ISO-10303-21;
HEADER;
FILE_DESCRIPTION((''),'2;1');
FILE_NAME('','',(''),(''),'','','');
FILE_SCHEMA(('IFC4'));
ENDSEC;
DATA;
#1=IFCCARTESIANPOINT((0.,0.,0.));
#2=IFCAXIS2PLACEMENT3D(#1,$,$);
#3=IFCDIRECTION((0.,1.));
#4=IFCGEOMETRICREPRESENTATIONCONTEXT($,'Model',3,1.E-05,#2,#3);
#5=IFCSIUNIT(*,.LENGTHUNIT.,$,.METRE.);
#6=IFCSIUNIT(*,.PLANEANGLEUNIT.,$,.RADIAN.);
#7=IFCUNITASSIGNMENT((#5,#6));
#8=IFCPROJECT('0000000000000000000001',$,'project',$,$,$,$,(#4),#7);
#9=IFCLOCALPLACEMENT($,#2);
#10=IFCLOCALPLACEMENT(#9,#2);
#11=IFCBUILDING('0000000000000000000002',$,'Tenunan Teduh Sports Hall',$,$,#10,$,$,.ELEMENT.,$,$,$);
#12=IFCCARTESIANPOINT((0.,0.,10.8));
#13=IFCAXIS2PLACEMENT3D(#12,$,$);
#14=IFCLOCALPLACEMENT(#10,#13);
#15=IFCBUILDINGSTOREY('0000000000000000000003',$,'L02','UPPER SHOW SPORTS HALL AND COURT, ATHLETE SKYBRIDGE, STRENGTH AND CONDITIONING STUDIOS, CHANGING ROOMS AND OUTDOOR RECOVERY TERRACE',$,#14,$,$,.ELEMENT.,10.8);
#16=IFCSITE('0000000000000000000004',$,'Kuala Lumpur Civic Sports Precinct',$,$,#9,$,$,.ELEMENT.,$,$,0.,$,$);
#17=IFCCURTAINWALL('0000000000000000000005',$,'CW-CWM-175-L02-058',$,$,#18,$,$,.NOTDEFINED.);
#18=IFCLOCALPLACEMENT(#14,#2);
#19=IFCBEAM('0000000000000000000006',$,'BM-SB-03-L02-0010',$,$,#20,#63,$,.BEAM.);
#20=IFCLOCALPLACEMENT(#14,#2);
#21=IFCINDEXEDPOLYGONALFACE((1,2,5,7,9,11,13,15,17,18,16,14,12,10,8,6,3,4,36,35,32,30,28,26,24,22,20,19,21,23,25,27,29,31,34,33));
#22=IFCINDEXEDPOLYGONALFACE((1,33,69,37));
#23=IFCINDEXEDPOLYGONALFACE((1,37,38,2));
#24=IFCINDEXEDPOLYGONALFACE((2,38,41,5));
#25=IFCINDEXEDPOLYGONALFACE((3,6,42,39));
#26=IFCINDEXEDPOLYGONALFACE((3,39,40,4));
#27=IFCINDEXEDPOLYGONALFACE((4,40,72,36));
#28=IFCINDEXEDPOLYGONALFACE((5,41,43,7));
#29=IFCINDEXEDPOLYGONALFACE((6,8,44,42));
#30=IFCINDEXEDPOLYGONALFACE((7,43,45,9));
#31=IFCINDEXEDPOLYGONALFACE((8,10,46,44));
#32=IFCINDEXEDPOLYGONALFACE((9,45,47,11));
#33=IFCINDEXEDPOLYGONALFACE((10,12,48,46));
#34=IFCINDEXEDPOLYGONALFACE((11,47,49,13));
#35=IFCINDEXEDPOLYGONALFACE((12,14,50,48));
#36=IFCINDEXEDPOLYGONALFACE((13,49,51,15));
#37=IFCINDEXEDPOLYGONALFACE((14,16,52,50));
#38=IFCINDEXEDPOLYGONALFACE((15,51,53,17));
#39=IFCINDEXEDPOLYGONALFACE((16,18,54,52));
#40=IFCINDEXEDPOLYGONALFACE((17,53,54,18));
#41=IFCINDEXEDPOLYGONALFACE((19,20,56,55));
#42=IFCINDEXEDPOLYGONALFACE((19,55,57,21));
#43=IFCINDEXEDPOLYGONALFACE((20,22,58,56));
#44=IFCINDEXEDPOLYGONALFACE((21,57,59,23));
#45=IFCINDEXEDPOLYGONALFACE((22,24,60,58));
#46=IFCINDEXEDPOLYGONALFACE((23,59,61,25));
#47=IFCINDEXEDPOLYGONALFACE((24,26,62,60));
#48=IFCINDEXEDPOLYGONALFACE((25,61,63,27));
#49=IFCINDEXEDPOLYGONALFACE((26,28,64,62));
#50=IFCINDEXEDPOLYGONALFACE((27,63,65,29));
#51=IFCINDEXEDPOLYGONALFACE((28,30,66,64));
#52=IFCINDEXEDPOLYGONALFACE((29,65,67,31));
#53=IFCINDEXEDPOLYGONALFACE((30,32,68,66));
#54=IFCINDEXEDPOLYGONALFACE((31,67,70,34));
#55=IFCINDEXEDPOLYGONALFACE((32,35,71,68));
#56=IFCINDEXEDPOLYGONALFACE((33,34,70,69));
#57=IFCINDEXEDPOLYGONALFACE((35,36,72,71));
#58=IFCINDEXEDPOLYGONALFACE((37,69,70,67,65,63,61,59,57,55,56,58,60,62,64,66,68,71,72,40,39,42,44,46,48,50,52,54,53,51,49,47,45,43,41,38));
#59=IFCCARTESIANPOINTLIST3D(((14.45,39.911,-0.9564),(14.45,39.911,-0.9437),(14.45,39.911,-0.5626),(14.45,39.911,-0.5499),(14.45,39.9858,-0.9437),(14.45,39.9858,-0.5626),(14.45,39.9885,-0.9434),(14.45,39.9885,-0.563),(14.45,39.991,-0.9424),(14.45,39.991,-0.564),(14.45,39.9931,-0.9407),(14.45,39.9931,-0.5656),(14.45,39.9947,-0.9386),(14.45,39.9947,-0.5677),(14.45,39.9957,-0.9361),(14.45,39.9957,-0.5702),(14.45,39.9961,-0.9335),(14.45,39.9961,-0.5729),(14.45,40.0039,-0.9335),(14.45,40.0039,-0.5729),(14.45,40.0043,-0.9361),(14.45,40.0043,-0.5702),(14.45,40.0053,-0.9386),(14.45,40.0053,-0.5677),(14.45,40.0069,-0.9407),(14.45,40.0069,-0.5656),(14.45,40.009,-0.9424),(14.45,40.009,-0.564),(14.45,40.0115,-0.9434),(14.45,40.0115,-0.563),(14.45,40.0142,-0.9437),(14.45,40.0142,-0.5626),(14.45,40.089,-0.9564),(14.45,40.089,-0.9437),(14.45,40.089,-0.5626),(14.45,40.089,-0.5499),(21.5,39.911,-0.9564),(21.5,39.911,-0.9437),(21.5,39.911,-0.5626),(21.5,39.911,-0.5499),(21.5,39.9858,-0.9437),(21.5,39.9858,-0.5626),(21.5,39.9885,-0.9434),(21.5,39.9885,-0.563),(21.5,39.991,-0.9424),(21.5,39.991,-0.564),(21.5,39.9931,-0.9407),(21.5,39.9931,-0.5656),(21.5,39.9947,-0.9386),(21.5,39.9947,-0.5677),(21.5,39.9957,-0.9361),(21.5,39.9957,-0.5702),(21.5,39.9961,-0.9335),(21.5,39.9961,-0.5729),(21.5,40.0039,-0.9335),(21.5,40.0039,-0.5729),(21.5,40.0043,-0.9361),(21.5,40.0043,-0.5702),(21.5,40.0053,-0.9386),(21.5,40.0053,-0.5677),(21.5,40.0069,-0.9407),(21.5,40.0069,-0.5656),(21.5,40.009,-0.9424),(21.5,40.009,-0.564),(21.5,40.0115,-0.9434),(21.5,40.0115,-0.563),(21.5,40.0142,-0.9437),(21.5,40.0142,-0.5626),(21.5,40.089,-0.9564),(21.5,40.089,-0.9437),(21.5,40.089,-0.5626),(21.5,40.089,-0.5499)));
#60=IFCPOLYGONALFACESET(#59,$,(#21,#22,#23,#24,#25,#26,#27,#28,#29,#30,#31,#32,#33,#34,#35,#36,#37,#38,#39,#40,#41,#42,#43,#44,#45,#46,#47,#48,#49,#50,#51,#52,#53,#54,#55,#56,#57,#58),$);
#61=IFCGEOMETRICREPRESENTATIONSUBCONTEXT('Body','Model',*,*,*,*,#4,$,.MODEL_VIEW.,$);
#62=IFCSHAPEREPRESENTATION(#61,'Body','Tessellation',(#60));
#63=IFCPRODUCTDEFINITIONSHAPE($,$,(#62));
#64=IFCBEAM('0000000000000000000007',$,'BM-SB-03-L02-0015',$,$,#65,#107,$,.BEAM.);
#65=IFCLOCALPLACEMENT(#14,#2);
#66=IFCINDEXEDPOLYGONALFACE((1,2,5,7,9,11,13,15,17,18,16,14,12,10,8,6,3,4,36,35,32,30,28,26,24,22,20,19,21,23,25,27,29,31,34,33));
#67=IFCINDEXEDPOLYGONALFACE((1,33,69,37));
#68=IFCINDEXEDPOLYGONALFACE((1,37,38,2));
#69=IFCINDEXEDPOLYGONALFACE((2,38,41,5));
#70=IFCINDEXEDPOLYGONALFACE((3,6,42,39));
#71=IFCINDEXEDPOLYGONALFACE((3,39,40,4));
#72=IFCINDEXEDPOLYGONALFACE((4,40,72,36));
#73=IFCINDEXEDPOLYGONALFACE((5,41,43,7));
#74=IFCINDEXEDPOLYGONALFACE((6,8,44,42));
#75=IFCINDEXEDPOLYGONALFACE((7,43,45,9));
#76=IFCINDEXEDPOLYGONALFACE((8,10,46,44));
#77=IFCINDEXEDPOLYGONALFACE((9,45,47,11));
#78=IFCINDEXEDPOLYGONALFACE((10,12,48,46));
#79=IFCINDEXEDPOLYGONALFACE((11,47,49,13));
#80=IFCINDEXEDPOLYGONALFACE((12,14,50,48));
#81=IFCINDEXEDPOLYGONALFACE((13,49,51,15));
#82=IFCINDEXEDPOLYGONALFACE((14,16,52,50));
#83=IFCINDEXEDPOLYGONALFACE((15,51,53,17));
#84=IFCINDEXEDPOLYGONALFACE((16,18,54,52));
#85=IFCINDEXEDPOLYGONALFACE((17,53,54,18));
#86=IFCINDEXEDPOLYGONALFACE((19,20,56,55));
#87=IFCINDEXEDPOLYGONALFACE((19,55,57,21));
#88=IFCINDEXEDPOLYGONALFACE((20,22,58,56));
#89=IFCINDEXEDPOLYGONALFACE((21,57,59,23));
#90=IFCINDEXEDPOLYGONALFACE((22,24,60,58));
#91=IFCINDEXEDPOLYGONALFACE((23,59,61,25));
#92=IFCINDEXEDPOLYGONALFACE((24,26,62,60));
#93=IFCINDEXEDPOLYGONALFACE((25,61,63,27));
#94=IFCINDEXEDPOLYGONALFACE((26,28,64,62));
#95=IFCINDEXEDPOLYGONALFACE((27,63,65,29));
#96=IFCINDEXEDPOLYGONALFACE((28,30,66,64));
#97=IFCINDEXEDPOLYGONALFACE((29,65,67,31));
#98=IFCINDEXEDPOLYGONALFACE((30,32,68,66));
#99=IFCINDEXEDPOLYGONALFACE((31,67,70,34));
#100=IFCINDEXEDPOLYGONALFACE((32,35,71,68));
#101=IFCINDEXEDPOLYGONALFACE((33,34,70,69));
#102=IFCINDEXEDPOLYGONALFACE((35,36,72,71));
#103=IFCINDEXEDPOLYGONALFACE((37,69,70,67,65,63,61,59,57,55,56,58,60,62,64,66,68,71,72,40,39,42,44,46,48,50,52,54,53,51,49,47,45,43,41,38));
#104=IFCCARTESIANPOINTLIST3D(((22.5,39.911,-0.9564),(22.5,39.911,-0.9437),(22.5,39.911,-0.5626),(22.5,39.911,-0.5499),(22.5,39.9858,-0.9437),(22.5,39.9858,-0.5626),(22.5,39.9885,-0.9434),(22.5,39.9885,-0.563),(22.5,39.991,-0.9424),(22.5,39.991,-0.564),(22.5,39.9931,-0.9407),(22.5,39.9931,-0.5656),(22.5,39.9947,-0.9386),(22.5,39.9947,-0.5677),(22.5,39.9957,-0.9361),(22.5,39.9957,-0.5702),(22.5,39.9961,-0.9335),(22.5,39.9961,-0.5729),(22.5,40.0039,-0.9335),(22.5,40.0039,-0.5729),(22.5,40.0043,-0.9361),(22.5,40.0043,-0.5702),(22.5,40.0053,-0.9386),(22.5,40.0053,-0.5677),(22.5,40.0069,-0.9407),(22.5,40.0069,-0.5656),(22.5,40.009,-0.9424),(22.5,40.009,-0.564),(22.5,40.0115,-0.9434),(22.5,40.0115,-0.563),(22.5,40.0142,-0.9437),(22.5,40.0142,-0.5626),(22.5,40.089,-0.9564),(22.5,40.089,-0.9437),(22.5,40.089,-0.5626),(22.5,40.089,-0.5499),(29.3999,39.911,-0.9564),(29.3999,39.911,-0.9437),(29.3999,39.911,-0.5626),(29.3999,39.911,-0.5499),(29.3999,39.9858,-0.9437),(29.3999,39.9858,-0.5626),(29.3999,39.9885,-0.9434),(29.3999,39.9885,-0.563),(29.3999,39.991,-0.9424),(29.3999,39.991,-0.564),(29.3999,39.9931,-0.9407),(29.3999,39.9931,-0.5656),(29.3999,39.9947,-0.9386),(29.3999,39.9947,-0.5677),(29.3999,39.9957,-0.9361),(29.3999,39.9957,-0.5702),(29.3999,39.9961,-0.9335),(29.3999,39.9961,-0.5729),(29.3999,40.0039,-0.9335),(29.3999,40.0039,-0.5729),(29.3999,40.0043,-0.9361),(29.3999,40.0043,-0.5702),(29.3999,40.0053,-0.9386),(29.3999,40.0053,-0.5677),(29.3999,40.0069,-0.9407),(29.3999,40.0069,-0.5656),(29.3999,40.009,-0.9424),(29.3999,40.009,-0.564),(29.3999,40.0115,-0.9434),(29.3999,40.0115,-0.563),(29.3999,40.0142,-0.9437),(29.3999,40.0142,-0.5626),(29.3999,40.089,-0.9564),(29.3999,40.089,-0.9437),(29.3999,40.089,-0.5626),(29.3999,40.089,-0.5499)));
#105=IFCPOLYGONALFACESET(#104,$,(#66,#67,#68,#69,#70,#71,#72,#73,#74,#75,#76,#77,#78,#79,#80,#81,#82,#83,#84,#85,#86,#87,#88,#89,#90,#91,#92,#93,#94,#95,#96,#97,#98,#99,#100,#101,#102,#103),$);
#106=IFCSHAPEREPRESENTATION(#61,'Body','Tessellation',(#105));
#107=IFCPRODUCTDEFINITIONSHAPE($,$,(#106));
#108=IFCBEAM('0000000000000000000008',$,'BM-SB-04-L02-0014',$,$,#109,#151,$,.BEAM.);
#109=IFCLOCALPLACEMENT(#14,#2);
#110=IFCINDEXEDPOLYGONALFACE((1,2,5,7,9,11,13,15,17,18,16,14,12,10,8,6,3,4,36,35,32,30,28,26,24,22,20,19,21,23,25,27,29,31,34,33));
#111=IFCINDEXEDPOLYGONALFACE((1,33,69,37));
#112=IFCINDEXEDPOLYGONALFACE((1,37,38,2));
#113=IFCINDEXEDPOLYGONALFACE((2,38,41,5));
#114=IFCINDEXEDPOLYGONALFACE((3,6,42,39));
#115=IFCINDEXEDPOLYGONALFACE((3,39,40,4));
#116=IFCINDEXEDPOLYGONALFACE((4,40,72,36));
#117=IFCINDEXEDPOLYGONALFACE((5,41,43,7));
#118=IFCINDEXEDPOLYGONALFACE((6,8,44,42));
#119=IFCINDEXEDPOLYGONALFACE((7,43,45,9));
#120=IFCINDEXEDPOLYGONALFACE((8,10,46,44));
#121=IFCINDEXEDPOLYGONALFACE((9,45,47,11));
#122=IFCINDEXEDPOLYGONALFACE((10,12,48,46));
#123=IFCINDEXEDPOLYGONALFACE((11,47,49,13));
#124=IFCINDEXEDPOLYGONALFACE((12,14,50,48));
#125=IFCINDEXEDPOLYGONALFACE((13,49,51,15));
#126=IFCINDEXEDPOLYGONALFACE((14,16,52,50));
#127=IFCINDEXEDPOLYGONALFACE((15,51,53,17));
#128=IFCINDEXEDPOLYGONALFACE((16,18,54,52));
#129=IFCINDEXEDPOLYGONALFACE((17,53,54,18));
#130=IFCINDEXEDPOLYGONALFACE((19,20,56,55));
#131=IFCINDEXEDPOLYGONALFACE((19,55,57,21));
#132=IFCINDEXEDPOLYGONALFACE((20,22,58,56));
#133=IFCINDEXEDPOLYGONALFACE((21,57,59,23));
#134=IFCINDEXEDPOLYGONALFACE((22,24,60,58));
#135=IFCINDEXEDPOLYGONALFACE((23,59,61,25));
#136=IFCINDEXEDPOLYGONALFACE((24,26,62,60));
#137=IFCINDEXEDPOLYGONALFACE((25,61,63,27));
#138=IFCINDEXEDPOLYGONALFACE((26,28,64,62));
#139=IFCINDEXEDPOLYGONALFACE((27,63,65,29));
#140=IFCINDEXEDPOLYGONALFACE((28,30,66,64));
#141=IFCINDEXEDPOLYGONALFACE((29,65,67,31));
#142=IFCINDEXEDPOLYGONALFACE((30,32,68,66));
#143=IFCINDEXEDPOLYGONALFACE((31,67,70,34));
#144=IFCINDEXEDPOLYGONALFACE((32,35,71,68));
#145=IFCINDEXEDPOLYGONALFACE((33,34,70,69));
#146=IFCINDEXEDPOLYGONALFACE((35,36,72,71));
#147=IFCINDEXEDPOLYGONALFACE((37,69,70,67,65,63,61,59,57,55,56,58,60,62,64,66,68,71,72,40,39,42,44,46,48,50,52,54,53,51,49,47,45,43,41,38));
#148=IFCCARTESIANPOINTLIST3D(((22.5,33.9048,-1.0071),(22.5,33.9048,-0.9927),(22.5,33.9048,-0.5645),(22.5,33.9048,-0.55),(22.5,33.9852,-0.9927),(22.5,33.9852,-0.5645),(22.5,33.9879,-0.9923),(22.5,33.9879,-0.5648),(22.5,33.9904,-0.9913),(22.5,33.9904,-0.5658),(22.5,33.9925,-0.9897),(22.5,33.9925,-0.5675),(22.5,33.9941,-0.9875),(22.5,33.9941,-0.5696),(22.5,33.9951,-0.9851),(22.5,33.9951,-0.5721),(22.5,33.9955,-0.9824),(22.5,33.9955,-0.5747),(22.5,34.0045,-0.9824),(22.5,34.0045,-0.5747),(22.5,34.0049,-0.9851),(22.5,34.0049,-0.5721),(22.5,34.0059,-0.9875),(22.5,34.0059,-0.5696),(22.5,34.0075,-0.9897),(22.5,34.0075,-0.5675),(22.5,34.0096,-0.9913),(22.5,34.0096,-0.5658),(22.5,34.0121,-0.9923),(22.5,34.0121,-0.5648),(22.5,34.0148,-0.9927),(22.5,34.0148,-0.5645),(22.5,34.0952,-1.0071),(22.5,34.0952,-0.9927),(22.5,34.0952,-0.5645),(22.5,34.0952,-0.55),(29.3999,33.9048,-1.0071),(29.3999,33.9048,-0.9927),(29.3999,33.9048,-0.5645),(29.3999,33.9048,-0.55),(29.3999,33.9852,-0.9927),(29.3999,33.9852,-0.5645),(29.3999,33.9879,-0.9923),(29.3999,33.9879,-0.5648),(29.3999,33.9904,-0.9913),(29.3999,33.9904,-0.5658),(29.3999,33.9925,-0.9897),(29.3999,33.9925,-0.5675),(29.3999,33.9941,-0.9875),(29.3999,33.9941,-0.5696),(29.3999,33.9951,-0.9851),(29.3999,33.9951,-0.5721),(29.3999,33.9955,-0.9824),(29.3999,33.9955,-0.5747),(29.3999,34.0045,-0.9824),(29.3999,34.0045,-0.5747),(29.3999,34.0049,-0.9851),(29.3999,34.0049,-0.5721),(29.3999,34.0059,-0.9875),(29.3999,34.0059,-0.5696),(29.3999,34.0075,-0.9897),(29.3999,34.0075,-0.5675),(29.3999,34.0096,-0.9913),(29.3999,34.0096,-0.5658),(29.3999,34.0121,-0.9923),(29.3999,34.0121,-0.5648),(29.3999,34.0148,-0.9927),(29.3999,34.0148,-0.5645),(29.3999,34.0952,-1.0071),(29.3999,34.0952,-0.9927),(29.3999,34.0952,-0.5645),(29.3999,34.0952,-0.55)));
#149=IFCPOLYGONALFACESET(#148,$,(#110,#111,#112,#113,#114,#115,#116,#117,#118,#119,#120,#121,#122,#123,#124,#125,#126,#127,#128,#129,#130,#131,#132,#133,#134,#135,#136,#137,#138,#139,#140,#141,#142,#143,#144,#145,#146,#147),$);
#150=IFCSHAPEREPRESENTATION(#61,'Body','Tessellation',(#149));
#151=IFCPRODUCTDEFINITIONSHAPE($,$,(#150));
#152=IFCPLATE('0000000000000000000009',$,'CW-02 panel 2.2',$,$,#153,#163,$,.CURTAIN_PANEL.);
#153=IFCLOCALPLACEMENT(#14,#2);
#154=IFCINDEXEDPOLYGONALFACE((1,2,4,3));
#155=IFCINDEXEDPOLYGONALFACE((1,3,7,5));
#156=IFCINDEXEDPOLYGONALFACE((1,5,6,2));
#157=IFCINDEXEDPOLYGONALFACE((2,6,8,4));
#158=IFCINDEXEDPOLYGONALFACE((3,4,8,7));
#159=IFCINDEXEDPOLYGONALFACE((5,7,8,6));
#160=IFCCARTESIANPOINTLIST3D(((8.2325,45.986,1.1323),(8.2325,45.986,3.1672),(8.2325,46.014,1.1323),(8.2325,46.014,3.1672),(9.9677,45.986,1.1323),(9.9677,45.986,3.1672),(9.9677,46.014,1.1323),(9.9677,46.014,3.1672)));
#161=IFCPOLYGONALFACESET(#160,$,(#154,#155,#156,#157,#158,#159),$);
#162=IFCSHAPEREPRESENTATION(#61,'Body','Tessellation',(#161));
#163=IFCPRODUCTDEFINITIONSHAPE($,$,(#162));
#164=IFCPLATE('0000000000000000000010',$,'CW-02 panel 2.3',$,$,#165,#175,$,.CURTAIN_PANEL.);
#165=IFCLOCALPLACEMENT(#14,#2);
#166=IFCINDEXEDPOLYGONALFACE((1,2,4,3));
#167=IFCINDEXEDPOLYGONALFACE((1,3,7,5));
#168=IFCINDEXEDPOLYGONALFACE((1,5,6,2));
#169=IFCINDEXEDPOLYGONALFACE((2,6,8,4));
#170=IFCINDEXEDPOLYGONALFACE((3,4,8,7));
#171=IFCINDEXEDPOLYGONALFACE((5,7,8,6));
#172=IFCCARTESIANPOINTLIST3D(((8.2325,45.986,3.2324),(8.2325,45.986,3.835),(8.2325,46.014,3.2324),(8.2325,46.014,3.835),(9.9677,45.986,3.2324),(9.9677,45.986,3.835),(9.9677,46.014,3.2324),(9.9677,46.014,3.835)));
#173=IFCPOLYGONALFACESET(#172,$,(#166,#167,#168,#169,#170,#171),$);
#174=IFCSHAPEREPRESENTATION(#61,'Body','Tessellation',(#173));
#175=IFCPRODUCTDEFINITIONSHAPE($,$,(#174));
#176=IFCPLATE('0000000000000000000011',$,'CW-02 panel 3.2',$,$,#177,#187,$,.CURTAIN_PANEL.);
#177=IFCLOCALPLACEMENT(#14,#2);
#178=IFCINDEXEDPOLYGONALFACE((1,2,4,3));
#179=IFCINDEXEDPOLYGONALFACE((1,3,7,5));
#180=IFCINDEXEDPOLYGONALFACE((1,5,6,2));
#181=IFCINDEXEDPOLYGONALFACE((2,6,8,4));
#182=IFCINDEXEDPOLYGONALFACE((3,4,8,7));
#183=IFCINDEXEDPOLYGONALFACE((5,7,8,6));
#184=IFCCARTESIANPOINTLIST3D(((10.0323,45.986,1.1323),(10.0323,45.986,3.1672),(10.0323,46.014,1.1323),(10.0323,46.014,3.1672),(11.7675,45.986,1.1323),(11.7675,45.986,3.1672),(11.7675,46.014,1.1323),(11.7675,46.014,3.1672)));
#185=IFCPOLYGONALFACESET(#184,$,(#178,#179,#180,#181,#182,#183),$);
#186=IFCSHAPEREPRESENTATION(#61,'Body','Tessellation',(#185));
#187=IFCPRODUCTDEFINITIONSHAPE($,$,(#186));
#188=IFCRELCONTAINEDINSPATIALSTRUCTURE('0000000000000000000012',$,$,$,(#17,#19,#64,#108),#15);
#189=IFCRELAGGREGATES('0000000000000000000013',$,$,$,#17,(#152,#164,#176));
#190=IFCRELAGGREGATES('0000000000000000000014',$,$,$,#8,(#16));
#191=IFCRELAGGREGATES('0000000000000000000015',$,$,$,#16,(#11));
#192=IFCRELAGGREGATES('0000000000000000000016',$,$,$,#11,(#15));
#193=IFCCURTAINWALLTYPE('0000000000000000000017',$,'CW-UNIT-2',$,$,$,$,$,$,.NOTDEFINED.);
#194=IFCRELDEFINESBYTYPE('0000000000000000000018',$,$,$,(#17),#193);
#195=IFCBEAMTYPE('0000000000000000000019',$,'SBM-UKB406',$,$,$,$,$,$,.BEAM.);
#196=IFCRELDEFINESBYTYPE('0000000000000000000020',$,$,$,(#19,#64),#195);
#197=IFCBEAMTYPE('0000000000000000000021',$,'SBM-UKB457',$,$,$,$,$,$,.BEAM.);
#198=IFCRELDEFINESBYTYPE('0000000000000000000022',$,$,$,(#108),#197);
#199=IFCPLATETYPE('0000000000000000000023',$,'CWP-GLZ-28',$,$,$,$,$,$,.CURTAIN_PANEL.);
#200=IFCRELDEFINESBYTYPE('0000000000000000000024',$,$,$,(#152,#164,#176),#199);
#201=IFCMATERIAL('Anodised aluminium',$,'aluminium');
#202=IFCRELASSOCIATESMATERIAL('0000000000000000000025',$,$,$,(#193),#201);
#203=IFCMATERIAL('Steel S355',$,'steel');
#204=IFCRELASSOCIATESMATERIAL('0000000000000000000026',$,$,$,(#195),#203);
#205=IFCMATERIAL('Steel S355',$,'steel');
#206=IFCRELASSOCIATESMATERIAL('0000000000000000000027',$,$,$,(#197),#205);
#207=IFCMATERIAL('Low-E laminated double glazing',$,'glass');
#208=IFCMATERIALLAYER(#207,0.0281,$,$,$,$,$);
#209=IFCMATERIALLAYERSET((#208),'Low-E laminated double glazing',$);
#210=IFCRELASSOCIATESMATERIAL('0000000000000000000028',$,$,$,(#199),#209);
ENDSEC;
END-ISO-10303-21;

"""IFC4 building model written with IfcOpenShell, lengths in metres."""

from ifc_helpers import new_model, si_unit, direction, frame, origin, origin_2d, place, context, subcontext, project, spatial, rectangle, i_section, extrude, material, layer, layer_set, material_profile, profile_set, type_object, element, aggregate, save


model = new_model("IFC4")

# Units and contexts
model_context = context("Model", 3, precision=1e-05, world=origin(), true_north=direction((0.0, 1.0)))
body_context = subcontext(model_context, "Body", "Model", "MODEL_VIEW")
ifc_project = project(units=[si_unit("LENGTHUNIT", "METRE"), si_unit("PLANEANGLEUNIT", "RADIAN")], contexts=[model_context])

# Site, building, storey
site_placement = place(None, origin())
site = spatial("IfcSite", under=ifc_project, at=site_placement, Name="Kuala Lumpur Civic Sports Precinct", CompositionType="ELEMENT", RefElevation=0.0)
building_placement = place(site_placement, origin())
building = spatial("IfcBuilding", under=site, at=building_placement, Name="Tenunan Teduh Sports Hall", CompositionType="ELEMENT")
storey_placement = place(building_placement, frame((0.0, 0.0, 10.8)))
storey = spatial("IfcBuildingStorey", under=building, at=storey_placement, Name="L02", Description="UPPER SHOW SPORTS HALL AND COURT, ATHLETE SKYBRIDGE, STRENGTH AND CONDITIONING STUDIOS, CHANGING ROOMS AND OUTDOOR RECOVERY TERRACE", CompositionType="ELEMENT", Elevation=10.8)

# Curtain wall
ifc_material_1 = material(Name="Anodised aluminium", Category="aluminium")
curtain_wall_type = type_object("IfcCurtainWallType", Name="CW-UNIT-2", PredefinedType="NOTDEFINED", material=ifc_material_1)
curtain_wall_placement = place(storey_placement, origin())
curtain_wall = element("IfcCurtainWall", 1, at=curtain_wall_placement, inside=storey, type_object=curtain_wall_type, Name="CW-CWM-175-L02-058", PredefinedType="NOTDEFINED")

# Beams
ifc_material_2 = material(Name="Steel S355", Category="steel")
ifc_material_profile_1 = material_profile(ifc_material_2, i_section(OverallWidth=0.178, OverallDepth=0.4065, WebThickness=0.0078, FlangeThickness=0.0127, FilletRadius=0.0103, at=origin_2d()), Name="UKB 406x178x60")
ifc_profile_set_1 = profile_set([ifc_material_profile_1], Name="Steel S355")
beam_type_1 = type_object("IfcBeamType", Name="SBM-UKB406", PredefinedType="BEAM", material=ifc_profile_set_1)
beam_1_placement = place(storey_placement, frame((14.45, 40.0, -0.7532), z_axis=(1.0, 0.0, 0.0), x_axis=(0.0, 1.0, 0.0)))
element("IfcBeam", 2, at=beam_1_placement, inside=storey, type_object=beam_type_1, Name="BM-SB-03-L02-0010", PredefinedType="BEAM", context=body_context, shape_type="SweptSolid", body=[
    extrude(i_section(OverallWidth=0.178, OverallDepth=0.4065, WebThickness=0.0078, FlangeThickness=0.0127, FilletRadius=0.0103, at=origin_2d()), origin(), (0.0, 0.0, 1.0), 7.05),
])
beam_2_placement = place(storey_placement, frame((22.5, 40.0, -0.7532), z_axis=(1.0, 0.0, 0.0), x_axis=(0.0, 1.0, 0.0)))
element("IfcBeam", 3, at=beam_2_placement, inside=storey, type_object=beam_type_1, Name="BM-SB-03-L02-0015", PredefinedType="BEAM", context=body_context, shape_type="SweptSolid", body=[
    extrude(i_section(OverallWidth=0.178, OverallDepth=0.4065, WebThickness=0.0078, FlangeThickness=0.0127, FilletRadius=0.0103, at=origin_2d()), origin(), (0.0, 0.0, 1.0), 6.8999),
])
ifc_material_3 = material(Name="Steel S355", Category="steel")
ifc_material_profile_2 = material_profile(ifc_material_3, i_section(OverallWidth=0.1904, OverallDepth=0.457, WebThickness=0.009, FlangeThickness=0.0144, FilletRadius=0.0103, at=origin_2d()), Name="UKB 457x191x74")
ifc_profile_set_2 = profile_set([ifc_material_profile_2], Name="Steel S355")
beam_type_2 = type_object("IfcBeamType", Name="SBM-UKB457", PredefinedType="BEAM", material=ifc_profile_set_2)
beam_3_placement = place(storey_placement, frame((22.5, 34.0, -0.7786), z_axis=(1.0, 0.0, 0.0), x_axis=(0.0, 1.0, 0.0)))
element("IfcBeam", 4, at=beam_3_placement, inside=storey, type_object=beam_type_2, Name="BM-SB-04-L02-0014", PredefinedType="BEAM", context=body_context, shape_type="SweptSolid", body=[
    extrude(i_section(OverallWidth=0.1904, OverallDepth=0.457, WebThickness=0.009, FlangeThickness=0.0144, FilletRadius=0.0103, at=origin_2d()), origin(), (0.0, 0.0, 1.0), 6.8999),
])

# Plates
ifc_material_4 = material(Name="Low-E laminated double glazing", Category="glass")
ifc_layer_1 = layer(ifc_material_4, 0.0281)
ifc_layer_set_1 = layer_set([ifc_layer_1], Name="Low-E laminated double glazing")
plate_type_1 = type_object("IfcPlateType", Name="CWP-GLZ-28", PredefinedType="CURTAIN_PANEL", material=ifc_layer_set_1)
plate_1_placement = place(storey_placement, frame((9.1001, 46.0, 1.1323), z_axis=(0.0, 0.0, 1.0), x_axis=(1.0, 0.0, 0.0)))
plate_1 = element("IfcPlate", 5, at=plate_1_placement, type_object=plate_type_1, Name="CW-02 panel 2.2", PredefinedType="CURTAIN_PANEL", context=body_context, shape_type="SweptSolid", body=[
    extrude(rectangle(XDim=1.7351, YDim=0.0281, at=origin_2d()), origin(), (0.0, 0.0, 1.0), 2.0349),
])
plate_2_placement = place(storey_placement, frame((9.1001, 46.0, 3.2324), z_axis=(0.0, 0.0, 1.0), x_axis=(1.0, 0.0, 0.0)))
plate_2 = element("IfcPlate", 6, at=plate_2_placement, type_object=plate_type_1, Name="CW-02 panel 2.3", PredefinedType="CURTAIN_PANEL", context=body_context, shape_type="SweptSolid", body=[
    extrude(rectangle(XDim=1.7351, YDim=0.0281, at=origin_2d()), origin(), (0.0, 0.0, 1.0), 0.6025),
])
plate_3_placement = place(storey_placement, frame((10.8999, 46.0, 1.1323), z_axis=(0.0, 0.0, 1.0), x_axis=(1.0, 0.0, 0.0)))
plate_3 = element("IfcPlate", 7, at=plate_3_placement, type_object=plate_type_1, Name="CW-02 panel 3.2", PredefinedType="CURTAIN_PANEL", context=body_context, shape_type="SweptSolid", body=[
    extrude(rectangle(XDim=1.7351, YDim=0.0281, at=origin_2d()), origin(), (0.0, 0.0, 1.0), 2.0349),
])
aggregate(curtain_wall, [plate_1, plate_2, plate_3])

save(model, "model.ifc")
